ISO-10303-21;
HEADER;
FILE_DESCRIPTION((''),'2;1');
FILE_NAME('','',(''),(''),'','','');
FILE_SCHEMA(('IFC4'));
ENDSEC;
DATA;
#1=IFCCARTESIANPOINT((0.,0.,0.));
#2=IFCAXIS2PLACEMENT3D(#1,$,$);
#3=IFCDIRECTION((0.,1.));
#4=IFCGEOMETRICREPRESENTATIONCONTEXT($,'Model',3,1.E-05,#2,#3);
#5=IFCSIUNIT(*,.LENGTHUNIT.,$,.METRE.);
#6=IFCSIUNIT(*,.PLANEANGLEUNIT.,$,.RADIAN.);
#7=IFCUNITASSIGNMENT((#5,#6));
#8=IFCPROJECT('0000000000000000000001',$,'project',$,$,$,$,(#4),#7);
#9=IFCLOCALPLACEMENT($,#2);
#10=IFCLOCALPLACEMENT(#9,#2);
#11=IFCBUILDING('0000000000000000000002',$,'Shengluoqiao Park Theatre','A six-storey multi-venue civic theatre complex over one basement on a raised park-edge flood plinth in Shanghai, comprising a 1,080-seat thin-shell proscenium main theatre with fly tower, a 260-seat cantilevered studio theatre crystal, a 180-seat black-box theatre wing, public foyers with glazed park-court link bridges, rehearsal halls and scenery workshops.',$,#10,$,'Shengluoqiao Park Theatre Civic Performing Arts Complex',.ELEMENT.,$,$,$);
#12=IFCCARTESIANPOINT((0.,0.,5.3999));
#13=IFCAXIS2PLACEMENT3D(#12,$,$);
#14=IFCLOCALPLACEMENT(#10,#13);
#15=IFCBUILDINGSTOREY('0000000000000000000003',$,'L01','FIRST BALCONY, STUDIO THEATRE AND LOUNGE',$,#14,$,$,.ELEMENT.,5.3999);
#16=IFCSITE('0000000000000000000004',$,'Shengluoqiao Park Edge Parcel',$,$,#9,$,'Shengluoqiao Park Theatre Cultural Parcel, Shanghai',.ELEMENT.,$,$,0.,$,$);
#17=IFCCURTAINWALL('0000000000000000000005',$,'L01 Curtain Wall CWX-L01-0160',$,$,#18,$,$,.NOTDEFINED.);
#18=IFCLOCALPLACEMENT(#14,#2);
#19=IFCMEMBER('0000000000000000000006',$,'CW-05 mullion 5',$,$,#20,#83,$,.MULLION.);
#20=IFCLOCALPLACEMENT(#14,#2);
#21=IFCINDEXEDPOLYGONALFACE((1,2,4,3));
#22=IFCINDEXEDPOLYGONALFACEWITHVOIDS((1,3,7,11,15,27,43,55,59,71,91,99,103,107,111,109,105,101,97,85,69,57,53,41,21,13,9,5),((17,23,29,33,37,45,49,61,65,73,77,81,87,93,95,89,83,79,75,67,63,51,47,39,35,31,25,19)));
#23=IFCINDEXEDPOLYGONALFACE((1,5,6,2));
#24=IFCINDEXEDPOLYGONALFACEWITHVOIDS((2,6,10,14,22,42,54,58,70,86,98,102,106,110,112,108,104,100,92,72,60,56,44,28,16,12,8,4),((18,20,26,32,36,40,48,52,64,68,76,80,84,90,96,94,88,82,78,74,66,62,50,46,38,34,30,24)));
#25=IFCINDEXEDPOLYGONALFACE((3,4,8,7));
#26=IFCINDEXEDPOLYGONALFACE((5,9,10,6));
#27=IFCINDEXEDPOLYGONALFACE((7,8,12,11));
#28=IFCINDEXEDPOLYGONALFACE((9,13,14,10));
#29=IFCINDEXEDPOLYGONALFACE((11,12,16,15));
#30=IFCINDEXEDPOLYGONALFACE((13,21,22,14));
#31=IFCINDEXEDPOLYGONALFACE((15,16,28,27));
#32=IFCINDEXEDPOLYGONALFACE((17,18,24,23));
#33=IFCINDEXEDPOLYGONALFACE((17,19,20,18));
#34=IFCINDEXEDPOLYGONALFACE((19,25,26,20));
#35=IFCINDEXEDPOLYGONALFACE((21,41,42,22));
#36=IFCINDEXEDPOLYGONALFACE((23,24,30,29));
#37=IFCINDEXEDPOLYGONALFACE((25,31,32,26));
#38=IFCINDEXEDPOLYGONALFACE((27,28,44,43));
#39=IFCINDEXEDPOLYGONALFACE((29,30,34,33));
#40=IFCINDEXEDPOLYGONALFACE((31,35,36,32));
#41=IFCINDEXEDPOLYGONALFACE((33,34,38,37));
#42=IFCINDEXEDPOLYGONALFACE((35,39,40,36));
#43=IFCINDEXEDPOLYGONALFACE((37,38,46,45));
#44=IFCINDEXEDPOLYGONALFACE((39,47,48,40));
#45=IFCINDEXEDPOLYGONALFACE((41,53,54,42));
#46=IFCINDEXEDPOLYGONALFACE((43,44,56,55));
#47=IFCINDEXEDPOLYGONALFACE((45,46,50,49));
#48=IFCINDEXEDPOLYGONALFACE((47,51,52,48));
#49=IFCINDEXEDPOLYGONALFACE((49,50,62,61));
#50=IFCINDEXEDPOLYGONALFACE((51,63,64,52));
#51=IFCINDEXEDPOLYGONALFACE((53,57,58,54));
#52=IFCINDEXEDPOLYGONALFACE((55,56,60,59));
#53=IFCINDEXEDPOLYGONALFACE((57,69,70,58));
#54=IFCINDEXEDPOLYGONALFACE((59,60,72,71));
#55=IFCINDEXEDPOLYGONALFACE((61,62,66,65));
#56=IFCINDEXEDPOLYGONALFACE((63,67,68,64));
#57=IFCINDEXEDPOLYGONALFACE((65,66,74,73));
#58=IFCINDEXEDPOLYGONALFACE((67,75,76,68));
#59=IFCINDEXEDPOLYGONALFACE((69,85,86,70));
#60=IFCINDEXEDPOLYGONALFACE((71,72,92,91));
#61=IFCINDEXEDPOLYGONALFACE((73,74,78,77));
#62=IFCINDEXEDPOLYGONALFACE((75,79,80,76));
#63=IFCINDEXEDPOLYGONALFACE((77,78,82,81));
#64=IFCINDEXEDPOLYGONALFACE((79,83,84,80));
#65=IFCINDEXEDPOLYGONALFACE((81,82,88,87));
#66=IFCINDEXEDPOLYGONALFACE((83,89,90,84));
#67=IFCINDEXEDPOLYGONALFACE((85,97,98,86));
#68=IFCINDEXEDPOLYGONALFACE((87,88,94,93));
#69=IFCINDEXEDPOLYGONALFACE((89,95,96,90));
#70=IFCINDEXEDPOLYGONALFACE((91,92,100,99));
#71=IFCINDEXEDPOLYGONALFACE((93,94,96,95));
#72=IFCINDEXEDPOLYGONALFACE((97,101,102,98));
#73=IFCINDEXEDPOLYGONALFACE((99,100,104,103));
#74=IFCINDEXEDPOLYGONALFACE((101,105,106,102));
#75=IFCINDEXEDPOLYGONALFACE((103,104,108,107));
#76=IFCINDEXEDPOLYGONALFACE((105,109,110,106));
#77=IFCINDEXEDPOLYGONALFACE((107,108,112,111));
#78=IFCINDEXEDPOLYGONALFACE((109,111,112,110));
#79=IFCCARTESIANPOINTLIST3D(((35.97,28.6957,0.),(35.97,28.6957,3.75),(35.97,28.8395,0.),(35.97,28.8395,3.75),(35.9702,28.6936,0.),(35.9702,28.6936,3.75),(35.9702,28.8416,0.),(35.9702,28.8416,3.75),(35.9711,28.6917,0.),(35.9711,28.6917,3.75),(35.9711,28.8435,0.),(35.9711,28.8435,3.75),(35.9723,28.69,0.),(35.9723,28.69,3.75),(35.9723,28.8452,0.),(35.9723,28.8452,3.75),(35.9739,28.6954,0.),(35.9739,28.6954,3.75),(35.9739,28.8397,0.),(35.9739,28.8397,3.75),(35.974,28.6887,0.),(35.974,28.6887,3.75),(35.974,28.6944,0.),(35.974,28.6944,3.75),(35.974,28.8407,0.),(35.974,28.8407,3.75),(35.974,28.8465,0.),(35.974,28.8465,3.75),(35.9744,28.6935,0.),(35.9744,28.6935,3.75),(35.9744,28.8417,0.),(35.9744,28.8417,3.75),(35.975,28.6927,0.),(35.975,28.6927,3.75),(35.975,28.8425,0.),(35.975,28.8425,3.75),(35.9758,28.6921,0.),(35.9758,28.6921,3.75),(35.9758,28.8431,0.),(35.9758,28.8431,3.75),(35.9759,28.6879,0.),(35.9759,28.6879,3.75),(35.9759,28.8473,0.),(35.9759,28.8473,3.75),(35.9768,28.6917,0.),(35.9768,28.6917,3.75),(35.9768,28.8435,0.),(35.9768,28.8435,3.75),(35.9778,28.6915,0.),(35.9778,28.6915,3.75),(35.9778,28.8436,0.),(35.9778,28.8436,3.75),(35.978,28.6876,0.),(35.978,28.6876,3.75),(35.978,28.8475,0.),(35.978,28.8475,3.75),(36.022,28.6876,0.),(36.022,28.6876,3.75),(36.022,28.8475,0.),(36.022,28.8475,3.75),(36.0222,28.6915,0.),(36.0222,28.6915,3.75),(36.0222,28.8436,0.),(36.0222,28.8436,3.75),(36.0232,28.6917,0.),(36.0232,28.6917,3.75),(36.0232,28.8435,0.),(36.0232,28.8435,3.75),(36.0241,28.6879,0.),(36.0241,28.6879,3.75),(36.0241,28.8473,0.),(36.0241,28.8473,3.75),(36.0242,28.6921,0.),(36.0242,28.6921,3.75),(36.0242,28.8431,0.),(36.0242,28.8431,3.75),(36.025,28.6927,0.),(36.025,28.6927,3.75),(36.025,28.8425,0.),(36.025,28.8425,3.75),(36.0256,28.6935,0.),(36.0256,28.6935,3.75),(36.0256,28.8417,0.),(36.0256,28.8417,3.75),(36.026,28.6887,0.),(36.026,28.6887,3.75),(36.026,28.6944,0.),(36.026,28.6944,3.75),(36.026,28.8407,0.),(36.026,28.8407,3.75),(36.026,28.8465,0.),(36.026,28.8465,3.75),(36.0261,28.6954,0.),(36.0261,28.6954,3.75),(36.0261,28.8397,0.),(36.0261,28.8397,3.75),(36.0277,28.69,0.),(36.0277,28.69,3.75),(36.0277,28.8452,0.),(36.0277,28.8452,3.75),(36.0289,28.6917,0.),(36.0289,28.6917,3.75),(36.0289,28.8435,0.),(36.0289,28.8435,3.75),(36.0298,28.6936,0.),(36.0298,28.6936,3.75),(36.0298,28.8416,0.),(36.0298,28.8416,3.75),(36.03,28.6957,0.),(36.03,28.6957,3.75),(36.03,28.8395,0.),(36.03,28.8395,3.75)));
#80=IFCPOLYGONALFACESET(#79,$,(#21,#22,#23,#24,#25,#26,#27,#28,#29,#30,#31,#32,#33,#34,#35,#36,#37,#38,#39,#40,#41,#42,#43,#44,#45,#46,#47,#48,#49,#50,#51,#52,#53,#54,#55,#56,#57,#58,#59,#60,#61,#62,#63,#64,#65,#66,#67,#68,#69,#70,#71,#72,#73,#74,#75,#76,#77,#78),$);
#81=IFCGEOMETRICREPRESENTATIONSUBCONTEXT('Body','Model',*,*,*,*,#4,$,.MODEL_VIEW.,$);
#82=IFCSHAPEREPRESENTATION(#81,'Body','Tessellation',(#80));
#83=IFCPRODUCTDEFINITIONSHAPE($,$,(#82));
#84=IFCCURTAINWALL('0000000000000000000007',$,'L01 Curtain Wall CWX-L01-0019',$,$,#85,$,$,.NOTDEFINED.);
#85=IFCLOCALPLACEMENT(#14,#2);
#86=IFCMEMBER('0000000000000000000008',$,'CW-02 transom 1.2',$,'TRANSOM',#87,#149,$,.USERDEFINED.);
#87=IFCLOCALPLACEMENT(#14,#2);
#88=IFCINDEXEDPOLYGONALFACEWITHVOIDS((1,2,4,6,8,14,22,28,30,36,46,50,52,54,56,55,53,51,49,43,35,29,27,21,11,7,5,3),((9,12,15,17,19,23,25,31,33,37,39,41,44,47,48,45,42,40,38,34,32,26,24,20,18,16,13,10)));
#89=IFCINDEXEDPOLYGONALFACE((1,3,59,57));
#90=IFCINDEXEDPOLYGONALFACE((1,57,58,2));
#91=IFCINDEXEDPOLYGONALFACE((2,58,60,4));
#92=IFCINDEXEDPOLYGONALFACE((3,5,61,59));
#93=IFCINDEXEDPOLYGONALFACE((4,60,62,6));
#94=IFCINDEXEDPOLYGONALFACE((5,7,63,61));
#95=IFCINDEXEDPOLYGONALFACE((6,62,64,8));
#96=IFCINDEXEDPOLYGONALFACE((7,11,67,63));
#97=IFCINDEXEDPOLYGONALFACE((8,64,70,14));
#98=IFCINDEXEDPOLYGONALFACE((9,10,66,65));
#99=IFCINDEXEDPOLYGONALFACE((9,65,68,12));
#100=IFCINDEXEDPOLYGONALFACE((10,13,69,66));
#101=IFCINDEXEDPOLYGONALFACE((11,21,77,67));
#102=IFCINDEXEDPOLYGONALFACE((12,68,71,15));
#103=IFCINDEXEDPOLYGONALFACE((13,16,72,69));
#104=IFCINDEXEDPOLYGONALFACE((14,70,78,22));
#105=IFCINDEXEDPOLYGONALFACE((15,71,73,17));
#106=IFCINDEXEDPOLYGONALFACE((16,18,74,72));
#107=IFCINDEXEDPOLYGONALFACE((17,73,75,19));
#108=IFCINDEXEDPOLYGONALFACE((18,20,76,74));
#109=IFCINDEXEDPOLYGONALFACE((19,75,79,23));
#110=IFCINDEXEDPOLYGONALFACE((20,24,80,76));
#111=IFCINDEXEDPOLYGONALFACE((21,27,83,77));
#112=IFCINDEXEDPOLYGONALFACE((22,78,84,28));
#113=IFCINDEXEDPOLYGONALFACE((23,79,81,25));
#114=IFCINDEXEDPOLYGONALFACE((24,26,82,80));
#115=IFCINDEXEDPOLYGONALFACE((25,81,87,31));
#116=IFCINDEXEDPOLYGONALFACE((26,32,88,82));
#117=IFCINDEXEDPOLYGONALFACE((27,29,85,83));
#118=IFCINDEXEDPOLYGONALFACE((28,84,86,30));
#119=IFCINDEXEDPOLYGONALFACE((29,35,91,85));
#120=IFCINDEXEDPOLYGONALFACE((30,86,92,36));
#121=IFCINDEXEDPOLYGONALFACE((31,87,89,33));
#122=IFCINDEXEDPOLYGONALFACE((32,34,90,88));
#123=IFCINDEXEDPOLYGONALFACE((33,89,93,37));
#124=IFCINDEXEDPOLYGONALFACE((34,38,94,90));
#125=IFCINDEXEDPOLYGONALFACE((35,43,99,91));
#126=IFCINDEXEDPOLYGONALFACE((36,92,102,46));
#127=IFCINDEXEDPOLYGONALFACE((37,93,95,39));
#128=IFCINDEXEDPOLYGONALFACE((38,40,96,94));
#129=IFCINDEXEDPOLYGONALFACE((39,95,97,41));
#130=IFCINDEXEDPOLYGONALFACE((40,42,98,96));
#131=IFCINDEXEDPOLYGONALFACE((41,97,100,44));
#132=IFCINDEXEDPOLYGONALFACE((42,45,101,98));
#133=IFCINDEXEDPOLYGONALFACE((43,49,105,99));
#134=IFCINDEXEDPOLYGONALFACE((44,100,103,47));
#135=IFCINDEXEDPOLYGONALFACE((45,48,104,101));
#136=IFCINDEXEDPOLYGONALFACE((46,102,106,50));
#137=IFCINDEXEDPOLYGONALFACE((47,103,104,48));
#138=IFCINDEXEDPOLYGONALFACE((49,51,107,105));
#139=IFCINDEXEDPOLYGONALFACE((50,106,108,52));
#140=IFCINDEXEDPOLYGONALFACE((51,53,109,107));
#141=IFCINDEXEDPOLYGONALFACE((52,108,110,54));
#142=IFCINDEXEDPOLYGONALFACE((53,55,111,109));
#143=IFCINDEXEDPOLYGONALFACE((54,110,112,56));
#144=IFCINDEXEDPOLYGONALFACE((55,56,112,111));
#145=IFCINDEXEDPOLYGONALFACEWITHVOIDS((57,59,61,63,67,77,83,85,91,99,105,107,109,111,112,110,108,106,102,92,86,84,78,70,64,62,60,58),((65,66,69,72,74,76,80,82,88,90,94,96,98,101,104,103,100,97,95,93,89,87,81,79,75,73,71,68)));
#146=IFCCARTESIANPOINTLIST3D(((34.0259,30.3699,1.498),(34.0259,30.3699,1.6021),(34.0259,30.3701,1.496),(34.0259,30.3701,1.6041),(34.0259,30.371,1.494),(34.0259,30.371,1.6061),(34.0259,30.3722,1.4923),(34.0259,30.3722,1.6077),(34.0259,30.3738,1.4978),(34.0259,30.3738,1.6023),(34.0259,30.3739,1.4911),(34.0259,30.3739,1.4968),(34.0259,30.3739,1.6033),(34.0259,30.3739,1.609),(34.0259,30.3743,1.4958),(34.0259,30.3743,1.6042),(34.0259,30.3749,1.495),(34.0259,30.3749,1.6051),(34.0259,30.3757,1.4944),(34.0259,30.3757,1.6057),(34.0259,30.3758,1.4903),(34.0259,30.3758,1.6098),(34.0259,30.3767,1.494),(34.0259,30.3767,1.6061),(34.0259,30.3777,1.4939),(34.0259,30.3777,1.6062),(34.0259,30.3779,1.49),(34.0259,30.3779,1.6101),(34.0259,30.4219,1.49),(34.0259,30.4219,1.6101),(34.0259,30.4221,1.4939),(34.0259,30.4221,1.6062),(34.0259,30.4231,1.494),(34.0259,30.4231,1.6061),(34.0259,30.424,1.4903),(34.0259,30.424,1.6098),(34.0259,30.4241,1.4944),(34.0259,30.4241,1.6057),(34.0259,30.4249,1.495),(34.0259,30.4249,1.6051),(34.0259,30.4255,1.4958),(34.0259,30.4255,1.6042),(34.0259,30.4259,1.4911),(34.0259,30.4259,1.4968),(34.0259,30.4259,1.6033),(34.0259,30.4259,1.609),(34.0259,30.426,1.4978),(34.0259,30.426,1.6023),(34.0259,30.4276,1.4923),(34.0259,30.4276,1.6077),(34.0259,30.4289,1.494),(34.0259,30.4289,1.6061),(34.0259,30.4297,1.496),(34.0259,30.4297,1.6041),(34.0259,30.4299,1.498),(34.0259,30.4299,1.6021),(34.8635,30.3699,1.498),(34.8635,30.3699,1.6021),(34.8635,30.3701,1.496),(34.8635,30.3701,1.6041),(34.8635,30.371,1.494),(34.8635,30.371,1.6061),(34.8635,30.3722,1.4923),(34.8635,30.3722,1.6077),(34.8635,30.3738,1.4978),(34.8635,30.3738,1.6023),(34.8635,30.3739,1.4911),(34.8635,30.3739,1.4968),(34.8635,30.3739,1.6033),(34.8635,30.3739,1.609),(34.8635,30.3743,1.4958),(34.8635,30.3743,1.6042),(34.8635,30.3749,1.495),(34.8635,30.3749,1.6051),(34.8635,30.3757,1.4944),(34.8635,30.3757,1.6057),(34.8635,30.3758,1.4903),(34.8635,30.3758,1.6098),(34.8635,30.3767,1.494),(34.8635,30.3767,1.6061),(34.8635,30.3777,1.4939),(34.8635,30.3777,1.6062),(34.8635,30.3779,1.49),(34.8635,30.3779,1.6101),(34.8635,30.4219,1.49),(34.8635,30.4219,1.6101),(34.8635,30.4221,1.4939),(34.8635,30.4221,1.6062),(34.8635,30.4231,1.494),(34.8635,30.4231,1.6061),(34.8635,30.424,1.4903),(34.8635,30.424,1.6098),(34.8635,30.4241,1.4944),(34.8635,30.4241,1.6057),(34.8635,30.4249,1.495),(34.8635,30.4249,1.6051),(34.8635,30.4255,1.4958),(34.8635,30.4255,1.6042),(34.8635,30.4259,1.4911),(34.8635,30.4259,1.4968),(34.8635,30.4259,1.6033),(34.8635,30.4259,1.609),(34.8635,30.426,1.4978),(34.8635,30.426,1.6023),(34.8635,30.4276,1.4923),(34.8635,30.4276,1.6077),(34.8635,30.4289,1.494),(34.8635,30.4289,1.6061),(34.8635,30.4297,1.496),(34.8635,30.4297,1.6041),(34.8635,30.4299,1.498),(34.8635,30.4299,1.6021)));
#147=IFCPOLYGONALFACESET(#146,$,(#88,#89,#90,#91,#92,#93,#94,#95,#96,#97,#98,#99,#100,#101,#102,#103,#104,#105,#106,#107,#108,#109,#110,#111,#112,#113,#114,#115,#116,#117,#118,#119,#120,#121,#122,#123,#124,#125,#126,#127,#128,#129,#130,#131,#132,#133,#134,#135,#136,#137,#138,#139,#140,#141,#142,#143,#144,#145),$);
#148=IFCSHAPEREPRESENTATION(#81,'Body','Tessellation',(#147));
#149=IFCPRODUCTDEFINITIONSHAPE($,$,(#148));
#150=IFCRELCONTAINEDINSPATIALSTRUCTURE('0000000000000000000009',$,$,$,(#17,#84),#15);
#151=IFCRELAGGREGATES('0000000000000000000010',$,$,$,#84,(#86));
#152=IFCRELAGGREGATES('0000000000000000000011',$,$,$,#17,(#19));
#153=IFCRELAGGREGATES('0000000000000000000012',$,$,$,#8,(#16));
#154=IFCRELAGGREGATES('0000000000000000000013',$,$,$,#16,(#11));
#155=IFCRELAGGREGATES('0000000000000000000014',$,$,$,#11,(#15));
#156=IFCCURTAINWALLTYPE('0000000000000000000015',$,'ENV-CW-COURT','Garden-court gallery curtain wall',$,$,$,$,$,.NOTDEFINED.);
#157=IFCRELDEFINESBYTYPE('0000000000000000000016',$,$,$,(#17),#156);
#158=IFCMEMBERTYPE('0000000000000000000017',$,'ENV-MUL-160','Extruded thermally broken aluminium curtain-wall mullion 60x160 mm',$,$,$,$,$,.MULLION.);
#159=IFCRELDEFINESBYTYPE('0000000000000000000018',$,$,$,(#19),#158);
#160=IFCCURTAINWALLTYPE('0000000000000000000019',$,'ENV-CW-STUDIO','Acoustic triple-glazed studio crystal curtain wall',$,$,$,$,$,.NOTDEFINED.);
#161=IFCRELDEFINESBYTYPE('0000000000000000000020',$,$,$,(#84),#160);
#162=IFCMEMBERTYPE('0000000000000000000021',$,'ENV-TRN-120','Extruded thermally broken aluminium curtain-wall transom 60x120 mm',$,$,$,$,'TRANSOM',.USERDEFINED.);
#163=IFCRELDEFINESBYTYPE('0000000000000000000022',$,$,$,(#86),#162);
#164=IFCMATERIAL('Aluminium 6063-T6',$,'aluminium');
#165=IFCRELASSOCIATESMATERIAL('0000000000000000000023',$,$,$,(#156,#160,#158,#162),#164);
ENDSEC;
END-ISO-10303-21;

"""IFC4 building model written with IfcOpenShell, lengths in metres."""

from ifc_helpers import new_model, si_unit, direction, frame, origin, origin_2d, place, context, subcontext, project, spatial, hollow_rectangle, extrude, material, material_profile, profile_set, type_object, element, aggregate, save


model = new_model("IFC4")

# Units and contexts
model_context = context("Model", 3, precision=1e-05, world=origin(), true_north=direction((0.0, 1.0)))
body_context = subcontext(model_context, "Body", "Model", "MODEL_VIEW")
ifc_project = project(units=[si_unit("LENGTHUNIT", "METRE"), si_unit("PLANEANGLEUNIT", "RADIAN")], contexts=[model_context])

# Site, building, storey
site_placement = place(None, origin())
site = spatial("IfcSite", under=ifc_project, at=site_placement, Name="Shengluoqiao Park Edge Parcel", LongName="Shengluoqiao Park Theatre Cultural Parcel, Shanghai", CompositionType="ELEMENT", RefElevation=0.0)
building_placement = place(site_placement, origin())
building = spatial("IfcBuilding", under=site, at=building_placement, Name="Shengluoqiao Park Theatre", Description="A six-storey multi-venue civic theatre complex over one basement on a raised park-edge flood plinth in Shanghai, comprising a 1,080-seat thin-shell proscenium main theatre with fly tower, a 260-seat cantilevered studio theatre crystal, a 180-seat black-box theatre wing, public foyers with glazed park-court link bridges, rehearsal halls and scenery workshops.", LongName="Shengluoqiao Park Theatre Civic Performing Arts Complex", CompositionType="ELEMENT")
storey_placement = place(building_placement, frame((0.0, 0.0, 5.3999)))
storey = spatial("IfcBuildingStorey", under=building, at=storey_placement, Name="L01", Description="FIRST BALCONY, STUDIO THEATRE AND LOUNGE", CompositionType="ELEMENT", Elevation=5.3999)

# Curtain walls, members
ifc_material_1 = material(Name="Aluminium 6063-T6", Category="aluminium")
curtain_wall_type_1 = type_object("IfcCurtainWallType", Name="ENV-CW-COURT", Description="Garden-court gallery curtain wall", PredefinedType="NOTDEFINED", material=ifc_material_1)
curtain_wall_1_placement = place(storey_placement, origin())
curtain_wall_1 = element("IfcCurtainWall", 1, at=curtain_wall_1_placement, inside=storey, type_object=curtain_wall_type_1, Name="L01 Curtain Wall CWX-L01-0160", PredefinedType="NOTDEFINED")
ifc_material_profile_1 = material_profile(ifc_material_1, hollow_rectangle(XDim=0.0601, YDim=0.1599, WallThickness=0.0039, InnerFilletRadius=0.0039, OuterFilletRadius=0.0081, at=origin_2d()), Name="ALU MULLION 160x60x4")
ifc_profile_set_1 = profile_set([ifc_material_profile_1], Name="Aluminium 6063-T6")
member_type_1 = type_object("IfcMemberType", Name="ENV-MUL-160", Description="Extruded thermally broken aluminium curtain-wall mullion 60x160 mm", PredefinedType="MULLION", material=ifc_profile_set_1)
member_1_placement = place(storey_placement, frame((36.0, 28.7676, 0.0), z_axis=(0.0, 0.0, 1.0), x_axis=(-1.0, 0.0, 0.0)))
member_1 = element("IfcMember", 2, at=member_1_placement, type_object=member_type_1, Name="CW-05 mullion 5", PredefinedType="MULLION", context=body_context, shape_type="SweptSolid", body=[
    extrude(hollow_rectangle(XDim=0.0601, YDim=0.1599, WallThickness=0.0039, InnerFilletRadius=0.0039, OuterFilletRadius=0.0081, at=origin_2d()), origin(), (0.0, 0.0, 1.0), 3.75),
])
curtain_wall_type_2 = type_object("IfcCurtainWallType", Name="ENV-CW-STUDIO", Description="Acoustic triple-glazed studio crystal curtain wall", PredefinedType="NOTDEFINED", material=ifc_material_1)
curtain_wall_2_placement = place(storey_placement, origin())
curtain_wall_2 = element("IfcCurtainWall", 3, at=curtain_wall_2_placement, inside=storey, type_object=curtain_wall_type_2, Name="L01 Curtain Wall CWX-L01-0019", PredefinedType="NOTDEFINED")
ifc_material_profile_2 = material_profile(ifc_material_1, hollow_rectangle(XDim=0.0601, YDim=0.1201, WallThickness=0.0039, InnerFilletRadius=0.0039, OuterFilletRadius=0.0081, at=origin_2d()), Name="ALU TRANSOM 120x60x4")
ifc_profile_set_2 = profile_set([ifc_material_profile_2], Name="Aluminium 6063-T6")
member_type_2 = type_object("IfcMemberType", Name="ENV-TRN-120", Description="Extruded thermally broken aluminium curtain-wall transom 60x120 mm", ElementType="TRANSOM", PredefinedType="USERDEFINED", material=ifc_profile_set_2)
member_2_placement = place(storey_placement, frame((34.0259, 30.3999, 1.55), z_axis=(1.0, 0.0, 0.0), x_axis=(0.0, 1.0, 0.0)))
member_2 = element("IfcMember", 4, at=member_2_placement, type_object=member_type_2, Name="CW-02 transom 1.2", ObjectType="TRANSOM", PredefinedType="USERDEFINED", context=body_context, shape_type="SweptSolid", body=[
    extrude(hollow_rectangle(XDim=0.0601, YDim=0.1201, WallThickness=0.0039, InnerFilletRadius=0.0039, OuterFilletRadius=0.0081, at=origin_2d()), origin(), (0.0, 0.0, 1.0), 0.8376),
])

aggregate(curtain_wall_2, [member_2])
aggregate(curtain_wall_1, [member_1])

save(model, "model.ifc")
